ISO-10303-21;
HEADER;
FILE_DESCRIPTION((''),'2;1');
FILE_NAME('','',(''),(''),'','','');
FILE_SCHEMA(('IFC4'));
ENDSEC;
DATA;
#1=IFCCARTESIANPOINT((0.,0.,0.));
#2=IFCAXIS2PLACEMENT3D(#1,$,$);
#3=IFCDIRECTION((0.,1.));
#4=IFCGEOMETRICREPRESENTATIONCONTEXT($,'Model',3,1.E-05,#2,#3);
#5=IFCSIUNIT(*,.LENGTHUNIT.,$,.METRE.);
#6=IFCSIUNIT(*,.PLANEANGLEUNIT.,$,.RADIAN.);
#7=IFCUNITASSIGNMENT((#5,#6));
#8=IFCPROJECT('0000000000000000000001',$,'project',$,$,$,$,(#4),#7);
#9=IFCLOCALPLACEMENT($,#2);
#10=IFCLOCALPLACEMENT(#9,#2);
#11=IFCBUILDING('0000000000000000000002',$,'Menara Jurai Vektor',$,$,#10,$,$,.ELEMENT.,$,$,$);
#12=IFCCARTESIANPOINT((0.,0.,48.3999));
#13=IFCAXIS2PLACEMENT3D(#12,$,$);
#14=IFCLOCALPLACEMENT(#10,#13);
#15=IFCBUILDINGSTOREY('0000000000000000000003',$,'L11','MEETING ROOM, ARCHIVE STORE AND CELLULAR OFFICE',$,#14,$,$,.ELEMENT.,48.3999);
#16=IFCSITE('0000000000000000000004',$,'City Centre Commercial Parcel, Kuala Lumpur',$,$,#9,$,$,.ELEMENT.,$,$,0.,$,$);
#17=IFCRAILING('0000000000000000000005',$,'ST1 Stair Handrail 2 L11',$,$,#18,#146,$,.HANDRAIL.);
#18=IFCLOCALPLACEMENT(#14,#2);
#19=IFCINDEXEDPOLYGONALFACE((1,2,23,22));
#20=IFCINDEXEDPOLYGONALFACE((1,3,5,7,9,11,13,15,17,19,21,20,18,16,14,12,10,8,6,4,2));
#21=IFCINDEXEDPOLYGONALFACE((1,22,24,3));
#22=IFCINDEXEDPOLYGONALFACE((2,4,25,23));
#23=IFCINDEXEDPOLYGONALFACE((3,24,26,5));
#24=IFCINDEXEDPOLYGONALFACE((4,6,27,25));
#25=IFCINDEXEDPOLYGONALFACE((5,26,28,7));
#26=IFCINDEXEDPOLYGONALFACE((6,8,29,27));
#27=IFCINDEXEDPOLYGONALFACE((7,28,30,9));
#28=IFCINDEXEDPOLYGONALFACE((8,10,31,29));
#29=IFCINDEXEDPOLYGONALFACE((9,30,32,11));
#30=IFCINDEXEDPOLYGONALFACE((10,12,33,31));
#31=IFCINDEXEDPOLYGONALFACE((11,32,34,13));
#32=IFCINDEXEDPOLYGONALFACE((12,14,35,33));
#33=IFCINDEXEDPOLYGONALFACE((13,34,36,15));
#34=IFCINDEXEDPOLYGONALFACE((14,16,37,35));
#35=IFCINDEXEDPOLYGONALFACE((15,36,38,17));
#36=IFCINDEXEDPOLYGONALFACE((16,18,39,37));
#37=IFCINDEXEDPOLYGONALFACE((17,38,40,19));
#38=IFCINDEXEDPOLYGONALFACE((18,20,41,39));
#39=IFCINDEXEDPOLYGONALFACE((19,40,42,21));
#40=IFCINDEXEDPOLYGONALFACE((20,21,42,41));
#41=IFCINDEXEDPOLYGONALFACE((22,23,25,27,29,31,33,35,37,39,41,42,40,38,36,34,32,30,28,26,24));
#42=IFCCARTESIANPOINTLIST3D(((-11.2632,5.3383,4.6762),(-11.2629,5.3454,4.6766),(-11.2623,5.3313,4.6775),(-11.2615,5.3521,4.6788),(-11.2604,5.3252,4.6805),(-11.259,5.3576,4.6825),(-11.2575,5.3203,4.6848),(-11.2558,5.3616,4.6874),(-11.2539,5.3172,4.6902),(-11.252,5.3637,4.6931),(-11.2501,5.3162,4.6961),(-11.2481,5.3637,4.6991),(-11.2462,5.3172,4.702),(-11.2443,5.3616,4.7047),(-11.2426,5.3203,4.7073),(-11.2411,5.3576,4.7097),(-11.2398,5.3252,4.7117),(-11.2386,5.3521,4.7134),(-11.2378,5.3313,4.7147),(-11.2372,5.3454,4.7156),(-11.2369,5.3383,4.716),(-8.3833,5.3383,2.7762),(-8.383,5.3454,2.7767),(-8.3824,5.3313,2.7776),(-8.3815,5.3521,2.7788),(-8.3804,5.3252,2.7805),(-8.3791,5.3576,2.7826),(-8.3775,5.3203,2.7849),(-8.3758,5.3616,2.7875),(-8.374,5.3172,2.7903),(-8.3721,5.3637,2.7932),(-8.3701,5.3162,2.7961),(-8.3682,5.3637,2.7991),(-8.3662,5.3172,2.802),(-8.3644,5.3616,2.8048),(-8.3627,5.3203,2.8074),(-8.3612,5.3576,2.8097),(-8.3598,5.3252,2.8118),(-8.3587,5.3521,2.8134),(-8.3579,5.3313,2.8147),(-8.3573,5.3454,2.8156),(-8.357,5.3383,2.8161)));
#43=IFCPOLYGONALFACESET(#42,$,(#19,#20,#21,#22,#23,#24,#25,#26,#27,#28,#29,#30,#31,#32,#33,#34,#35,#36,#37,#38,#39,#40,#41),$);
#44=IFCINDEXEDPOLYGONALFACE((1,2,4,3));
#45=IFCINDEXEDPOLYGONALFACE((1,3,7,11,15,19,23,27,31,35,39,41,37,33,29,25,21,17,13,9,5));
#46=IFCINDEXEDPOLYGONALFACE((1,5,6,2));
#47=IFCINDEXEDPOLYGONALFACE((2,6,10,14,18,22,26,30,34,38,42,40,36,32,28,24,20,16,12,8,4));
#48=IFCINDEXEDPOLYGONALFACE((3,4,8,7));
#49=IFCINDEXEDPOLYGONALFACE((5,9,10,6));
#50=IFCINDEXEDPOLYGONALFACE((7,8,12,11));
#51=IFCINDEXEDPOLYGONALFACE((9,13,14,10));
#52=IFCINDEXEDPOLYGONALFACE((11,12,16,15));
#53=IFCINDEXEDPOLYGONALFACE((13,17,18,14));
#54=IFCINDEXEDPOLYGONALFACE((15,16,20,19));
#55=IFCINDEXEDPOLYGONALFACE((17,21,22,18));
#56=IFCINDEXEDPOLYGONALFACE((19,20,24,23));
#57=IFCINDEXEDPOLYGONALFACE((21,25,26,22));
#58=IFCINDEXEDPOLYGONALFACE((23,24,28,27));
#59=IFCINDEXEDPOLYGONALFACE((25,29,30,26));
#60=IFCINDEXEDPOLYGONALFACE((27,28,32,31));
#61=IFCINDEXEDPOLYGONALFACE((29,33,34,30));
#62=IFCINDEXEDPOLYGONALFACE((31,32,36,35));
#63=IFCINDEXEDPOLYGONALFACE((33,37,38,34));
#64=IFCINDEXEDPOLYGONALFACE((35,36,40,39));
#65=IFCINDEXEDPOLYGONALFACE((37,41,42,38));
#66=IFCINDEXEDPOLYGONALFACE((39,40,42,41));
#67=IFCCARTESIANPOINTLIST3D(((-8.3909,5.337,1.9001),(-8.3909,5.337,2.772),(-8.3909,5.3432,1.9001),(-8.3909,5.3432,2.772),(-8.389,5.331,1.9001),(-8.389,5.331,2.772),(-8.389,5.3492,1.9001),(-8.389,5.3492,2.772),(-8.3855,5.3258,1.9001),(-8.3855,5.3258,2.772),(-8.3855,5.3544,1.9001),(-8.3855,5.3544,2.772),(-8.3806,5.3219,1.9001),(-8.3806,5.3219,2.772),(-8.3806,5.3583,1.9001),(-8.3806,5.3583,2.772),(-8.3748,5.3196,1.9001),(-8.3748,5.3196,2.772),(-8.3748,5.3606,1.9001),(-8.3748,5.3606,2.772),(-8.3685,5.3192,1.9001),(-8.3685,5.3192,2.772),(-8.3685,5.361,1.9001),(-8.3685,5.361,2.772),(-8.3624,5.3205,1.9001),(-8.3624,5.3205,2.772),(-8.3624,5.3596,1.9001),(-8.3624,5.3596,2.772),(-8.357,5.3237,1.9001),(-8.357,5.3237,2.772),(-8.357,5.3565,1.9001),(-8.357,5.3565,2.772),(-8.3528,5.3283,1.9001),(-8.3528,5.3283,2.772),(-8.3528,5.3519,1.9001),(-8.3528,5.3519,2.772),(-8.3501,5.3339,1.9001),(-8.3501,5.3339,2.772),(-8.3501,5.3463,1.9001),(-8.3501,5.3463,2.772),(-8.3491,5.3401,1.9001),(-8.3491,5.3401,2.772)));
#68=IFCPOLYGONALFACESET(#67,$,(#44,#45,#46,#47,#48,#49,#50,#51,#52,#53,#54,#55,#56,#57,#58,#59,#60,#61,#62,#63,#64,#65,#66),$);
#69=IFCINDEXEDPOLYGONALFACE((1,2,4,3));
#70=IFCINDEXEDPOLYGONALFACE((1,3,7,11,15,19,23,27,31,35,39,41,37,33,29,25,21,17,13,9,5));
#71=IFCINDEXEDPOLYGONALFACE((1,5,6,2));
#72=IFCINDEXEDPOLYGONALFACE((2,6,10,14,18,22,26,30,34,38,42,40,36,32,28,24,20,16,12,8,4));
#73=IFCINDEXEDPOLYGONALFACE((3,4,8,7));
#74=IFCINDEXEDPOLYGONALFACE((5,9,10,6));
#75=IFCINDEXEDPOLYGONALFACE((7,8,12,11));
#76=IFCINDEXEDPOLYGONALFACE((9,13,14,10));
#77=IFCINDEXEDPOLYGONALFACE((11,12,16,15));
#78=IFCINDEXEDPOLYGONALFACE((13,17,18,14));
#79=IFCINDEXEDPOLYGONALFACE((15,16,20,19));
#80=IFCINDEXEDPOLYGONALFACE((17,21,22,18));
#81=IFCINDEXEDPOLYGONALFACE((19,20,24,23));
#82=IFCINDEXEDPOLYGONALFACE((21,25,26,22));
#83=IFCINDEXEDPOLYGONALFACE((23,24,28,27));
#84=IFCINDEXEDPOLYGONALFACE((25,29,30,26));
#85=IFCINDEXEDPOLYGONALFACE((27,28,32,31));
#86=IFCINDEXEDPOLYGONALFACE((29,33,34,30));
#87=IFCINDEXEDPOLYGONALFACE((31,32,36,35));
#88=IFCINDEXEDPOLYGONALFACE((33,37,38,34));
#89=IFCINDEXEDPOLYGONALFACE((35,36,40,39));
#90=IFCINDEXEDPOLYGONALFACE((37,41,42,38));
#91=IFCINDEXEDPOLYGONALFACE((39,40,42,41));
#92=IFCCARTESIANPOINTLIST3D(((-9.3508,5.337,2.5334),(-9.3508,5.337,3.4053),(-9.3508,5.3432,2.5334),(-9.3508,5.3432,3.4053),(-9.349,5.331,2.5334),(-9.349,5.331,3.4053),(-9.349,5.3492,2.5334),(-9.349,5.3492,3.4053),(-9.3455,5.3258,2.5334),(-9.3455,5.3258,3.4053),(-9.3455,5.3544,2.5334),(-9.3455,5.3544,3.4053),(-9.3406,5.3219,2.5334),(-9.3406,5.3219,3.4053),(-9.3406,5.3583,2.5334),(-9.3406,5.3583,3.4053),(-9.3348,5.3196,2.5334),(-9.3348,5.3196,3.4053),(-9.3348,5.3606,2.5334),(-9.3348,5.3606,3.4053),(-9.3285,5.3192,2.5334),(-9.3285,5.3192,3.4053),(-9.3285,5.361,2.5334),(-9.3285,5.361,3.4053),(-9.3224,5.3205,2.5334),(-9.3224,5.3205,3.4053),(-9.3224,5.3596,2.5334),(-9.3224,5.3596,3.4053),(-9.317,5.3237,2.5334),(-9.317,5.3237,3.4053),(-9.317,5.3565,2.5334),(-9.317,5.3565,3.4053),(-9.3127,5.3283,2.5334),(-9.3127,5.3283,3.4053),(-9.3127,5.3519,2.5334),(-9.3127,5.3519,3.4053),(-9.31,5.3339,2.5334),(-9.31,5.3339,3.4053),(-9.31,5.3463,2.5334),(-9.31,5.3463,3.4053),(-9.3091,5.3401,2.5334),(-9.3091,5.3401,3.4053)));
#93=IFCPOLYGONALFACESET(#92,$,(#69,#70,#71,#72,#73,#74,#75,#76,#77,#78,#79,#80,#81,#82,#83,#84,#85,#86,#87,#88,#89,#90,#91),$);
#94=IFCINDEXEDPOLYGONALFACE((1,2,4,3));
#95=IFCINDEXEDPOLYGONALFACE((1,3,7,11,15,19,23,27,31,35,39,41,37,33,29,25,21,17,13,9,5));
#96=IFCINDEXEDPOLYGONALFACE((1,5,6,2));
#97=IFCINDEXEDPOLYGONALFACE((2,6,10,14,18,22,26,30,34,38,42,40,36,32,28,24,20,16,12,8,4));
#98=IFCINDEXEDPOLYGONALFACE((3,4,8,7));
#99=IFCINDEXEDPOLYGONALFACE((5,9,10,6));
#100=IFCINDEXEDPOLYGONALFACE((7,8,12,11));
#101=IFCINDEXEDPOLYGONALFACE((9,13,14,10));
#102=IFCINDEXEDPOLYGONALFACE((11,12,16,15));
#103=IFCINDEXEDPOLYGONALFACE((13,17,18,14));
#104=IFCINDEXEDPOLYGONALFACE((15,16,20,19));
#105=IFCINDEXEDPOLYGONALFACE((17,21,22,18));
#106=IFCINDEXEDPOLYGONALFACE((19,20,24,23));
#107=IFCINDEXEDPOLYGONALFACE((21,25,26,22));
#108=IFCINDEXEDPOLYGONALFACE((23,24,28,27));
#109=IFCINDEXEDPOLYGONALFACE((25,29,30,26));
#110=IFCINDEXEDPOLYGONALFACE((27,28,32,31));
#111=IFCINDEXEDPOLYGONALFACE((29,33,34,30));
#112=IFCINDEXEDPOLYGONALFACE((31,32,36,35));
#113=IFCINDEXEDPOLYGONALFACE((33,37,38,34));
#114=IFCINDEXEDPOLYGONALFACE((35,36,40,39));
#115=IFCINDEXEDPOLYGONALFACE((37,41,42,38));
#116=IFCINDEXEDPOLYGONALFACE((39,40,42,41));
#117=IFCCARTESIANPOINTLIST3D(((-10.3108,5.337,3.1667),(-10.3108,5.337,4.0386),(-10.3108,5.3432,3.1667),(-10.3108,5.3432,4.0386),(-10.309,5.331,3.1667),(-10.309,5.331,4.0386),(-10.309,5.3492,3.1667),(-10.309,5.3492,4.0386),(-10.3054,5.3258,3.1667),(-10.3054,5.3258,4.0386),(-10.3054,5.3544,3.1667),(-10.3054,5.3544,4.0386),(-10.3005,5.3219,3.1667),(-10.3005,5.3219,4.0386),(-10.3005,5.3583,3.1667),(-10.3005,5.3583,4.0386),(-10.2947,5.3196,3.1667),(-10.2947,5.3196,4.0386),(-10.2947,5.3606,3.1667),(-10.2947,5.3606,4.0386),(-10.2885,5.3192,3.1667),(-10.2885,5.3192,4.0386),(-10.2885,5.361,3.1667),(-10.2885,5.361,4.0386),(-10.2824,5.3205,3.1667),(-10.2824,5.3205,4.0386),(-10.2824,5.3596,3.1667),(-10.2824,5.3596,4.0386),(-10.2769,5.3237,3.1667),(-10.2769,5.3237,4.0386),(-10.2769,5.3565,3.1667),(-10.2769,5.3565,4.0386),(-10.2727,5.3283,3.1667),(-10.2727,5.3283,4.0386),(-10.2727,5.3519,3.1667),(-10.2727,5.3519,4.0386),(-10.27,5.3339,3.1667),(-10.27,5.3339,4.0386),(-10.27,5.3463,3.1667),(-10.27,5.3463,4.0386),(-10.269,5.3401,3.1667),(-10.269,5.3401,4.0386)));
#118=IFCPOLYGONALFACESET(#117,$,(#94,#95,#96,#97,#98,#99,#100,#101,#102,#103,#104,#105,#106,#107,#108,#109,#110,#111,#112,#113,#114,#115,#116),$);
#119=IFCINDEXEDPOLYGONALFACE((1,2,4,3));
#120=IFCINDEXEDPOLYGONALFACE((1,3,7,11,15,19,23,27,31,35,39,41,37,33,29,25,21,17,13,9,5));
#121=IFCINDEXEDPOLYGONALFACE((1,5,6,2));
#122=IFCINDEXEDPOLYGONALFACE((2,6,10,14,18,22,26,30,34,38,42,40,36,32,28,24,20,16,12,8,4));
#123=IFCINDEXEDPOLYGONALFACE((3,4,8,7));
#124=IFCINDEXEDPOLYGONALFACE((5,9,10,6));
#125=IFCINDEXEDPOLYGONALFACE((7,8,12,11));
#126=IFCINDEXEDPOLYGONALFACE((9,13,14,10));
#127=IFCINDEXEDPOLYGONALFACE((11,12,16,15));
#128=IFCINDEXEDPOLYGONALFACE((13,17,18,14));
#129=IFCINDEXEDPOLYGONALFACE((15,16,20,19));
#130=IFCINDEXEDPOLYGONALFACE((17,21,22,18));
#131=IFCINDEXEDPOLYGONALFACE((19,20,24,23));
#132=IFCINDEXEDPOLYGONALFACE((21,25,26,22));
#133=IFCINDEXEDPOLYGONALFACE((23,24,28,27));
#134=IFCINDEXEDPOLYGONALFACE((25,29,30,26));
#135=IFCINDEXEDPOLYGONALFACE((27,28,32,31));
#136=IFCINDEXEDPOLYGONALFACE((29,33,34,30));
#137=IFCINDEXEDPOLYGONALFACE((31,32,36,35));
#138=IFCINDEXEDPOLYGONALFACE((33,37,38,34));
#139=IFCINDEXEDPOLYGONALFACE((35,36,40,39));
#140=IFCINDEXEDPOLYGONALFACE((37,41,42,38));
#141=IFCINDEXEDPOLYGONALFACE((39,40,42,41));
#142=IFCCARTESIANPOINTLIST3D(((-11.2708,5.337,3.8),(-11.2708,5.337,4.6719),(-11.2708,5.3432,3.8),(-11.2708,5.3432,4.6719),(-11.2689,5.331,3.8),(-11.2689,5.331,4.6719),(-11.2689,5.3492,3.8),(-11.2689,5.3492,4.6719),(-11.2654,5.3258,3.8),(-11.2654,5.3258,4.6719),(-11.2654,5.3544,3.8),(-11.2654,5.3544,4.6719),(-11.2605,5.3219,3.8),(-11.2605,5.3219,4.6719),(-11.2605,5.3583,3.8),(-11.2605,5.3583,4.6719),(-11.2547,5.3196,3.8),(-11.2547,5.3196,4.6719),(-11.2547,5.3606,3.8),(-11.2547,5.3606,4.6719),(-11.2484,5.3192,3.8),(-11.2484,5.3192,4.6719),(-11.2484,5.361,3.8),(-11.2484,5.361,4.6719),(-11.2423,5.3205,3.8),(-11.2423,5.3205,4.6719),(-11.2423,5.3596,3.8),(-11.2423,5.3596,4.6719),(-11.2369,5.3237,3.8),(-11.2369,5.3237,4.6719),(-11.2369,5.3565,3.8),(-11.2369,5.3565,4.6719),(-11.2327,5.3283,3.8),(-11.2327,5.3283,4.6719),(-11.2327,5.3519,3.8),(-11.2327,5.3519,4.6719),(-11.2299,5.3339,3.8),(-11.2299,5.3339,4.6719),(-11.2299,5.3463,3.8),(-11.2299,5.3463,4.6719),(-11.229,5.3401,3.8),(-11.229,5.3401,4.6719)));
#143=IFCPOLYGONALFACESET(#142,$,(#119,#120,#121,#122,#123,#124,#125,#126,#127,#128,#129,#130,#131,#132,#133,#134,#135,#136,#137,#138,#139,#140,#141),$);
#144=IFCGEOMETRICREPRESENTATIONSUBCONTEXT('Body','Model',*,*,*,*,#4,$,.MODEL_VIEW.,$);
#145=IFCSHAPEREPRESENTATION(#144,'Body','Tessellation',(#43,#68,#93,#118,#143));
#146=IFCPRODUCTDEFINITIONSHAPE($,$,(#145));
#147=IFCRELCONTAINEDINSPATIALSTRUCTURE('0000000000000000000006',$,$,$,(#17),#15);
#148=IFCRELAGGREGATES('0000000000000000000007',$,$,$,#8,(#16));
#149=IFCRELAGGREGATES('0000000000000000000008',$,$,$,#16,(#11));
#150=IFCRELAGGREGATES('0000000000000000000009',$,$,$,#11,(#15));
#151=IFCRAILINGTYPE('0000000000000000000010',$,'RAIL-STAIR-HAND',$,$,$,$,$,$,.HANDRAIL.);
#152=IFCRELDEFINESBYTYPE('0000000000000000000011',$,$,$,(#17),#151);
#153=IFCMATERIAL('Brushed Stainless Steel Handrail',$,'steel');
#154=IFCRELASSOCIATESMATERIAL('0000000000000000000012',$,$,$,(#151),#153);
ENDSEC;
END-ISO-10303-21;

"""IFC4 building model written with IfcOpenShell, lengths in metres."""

from ifc_helpers import new_model, si_unit, direction, frame, origin, origin_2d, place, context, subcontext, project, spatial, circle, extrude, material, type_object, element, save


model = new_model("IFC4")

# Units and contexts
model_context = context("Model", 3, precision=1e-05, world=origin(), true_north=direction((0.0, 1.0)))
body_context = subcontext(model_context, "Body", "Model", "MODEL_VIEW")
ifc_project = project(units=[si_unit("LENGTHUNIT", "METRE"), si_unit("PLANEANGLEUNIT", "RADIAN")], contexts=[model_context])

# Site, building, storey
site_placement = place(None, origin())
site = spatial("IfcSite", under=ifc_project, at=site_placement, Name="City Centre Commercial Parcel, Kuala Lumpur", CompositionType="ELEMENT", RefElevation=0.0)
building_placement = place(site_placement, origin())
building = spatial("IfcBuilding", under=site, at=building_placement, Name="Menara Jurai Vektor", CompositionType="ELEMENT")
storey_placement = place(building_placement, frame((0.0, 0.0, 48.3999)))
storey = spatial("IfcBuildingStorey", under=building, at=storey_placement, Name="L11", Description="MEETING ROOM, ARCHIVE STORE AND CELLULAR OFFICE", CompositionType="ELEMENT", Elevation=48.3999)

# Railing
ifc_material_1 = material(Name="Brushed Stainless Steel Handrail", Category="steel")
railing_type_1 = type_object("IfcRailingType", Name="RAIL-STAIR-HAND", PredefinedType="HANDRAIL", material=ifc_material_1)
railing_1_placement = place(storey_placement, frame((-8.3701, 5.3401, 1.9001)))
element("IfcRailing", 1, at=railing_1_placement, inside=storey, type_object=railing_type_1, Name="ST1 Stair Handrail 2 L11", PredefinedType="HANDRAIL", context=body_context, shape_type="SweptSolid", body=[
    extrude(circle(Radius=0.0239, at=origin_2d()), frame((0.0, 0.0, 0.896), z_axis=(-0.834719, 0.0, 0.550677), x_axis=(0.0, -1.0, 0.0)), (0.0, 0.0, 1.0), 3.4502),
    extrude(circle(Radius=0.021, at=origin_2d()), origin(), (0.0, 0.0, 1.0), 0.8718),
    extrude(circle(Radius=0.021, at=origin_2d()), frame((-0.96, 0.0, 0.6333)), (0.0, 0.0, 1.0), 0.8718),
    extrude(circle(Radius=0.021, at=origin_2d()), frame((-1.9199, 0.0, 1.2666)), (0.0, 0.0, 1.0), 0.8718),
    extrude(circle(Radius=0.021, at=origin_2d()), frame((-2.8799, 0.0, 1.8999)), (0.0, 0.0, 1.0), 0.8718),
])

save(model, "model.ifc")
